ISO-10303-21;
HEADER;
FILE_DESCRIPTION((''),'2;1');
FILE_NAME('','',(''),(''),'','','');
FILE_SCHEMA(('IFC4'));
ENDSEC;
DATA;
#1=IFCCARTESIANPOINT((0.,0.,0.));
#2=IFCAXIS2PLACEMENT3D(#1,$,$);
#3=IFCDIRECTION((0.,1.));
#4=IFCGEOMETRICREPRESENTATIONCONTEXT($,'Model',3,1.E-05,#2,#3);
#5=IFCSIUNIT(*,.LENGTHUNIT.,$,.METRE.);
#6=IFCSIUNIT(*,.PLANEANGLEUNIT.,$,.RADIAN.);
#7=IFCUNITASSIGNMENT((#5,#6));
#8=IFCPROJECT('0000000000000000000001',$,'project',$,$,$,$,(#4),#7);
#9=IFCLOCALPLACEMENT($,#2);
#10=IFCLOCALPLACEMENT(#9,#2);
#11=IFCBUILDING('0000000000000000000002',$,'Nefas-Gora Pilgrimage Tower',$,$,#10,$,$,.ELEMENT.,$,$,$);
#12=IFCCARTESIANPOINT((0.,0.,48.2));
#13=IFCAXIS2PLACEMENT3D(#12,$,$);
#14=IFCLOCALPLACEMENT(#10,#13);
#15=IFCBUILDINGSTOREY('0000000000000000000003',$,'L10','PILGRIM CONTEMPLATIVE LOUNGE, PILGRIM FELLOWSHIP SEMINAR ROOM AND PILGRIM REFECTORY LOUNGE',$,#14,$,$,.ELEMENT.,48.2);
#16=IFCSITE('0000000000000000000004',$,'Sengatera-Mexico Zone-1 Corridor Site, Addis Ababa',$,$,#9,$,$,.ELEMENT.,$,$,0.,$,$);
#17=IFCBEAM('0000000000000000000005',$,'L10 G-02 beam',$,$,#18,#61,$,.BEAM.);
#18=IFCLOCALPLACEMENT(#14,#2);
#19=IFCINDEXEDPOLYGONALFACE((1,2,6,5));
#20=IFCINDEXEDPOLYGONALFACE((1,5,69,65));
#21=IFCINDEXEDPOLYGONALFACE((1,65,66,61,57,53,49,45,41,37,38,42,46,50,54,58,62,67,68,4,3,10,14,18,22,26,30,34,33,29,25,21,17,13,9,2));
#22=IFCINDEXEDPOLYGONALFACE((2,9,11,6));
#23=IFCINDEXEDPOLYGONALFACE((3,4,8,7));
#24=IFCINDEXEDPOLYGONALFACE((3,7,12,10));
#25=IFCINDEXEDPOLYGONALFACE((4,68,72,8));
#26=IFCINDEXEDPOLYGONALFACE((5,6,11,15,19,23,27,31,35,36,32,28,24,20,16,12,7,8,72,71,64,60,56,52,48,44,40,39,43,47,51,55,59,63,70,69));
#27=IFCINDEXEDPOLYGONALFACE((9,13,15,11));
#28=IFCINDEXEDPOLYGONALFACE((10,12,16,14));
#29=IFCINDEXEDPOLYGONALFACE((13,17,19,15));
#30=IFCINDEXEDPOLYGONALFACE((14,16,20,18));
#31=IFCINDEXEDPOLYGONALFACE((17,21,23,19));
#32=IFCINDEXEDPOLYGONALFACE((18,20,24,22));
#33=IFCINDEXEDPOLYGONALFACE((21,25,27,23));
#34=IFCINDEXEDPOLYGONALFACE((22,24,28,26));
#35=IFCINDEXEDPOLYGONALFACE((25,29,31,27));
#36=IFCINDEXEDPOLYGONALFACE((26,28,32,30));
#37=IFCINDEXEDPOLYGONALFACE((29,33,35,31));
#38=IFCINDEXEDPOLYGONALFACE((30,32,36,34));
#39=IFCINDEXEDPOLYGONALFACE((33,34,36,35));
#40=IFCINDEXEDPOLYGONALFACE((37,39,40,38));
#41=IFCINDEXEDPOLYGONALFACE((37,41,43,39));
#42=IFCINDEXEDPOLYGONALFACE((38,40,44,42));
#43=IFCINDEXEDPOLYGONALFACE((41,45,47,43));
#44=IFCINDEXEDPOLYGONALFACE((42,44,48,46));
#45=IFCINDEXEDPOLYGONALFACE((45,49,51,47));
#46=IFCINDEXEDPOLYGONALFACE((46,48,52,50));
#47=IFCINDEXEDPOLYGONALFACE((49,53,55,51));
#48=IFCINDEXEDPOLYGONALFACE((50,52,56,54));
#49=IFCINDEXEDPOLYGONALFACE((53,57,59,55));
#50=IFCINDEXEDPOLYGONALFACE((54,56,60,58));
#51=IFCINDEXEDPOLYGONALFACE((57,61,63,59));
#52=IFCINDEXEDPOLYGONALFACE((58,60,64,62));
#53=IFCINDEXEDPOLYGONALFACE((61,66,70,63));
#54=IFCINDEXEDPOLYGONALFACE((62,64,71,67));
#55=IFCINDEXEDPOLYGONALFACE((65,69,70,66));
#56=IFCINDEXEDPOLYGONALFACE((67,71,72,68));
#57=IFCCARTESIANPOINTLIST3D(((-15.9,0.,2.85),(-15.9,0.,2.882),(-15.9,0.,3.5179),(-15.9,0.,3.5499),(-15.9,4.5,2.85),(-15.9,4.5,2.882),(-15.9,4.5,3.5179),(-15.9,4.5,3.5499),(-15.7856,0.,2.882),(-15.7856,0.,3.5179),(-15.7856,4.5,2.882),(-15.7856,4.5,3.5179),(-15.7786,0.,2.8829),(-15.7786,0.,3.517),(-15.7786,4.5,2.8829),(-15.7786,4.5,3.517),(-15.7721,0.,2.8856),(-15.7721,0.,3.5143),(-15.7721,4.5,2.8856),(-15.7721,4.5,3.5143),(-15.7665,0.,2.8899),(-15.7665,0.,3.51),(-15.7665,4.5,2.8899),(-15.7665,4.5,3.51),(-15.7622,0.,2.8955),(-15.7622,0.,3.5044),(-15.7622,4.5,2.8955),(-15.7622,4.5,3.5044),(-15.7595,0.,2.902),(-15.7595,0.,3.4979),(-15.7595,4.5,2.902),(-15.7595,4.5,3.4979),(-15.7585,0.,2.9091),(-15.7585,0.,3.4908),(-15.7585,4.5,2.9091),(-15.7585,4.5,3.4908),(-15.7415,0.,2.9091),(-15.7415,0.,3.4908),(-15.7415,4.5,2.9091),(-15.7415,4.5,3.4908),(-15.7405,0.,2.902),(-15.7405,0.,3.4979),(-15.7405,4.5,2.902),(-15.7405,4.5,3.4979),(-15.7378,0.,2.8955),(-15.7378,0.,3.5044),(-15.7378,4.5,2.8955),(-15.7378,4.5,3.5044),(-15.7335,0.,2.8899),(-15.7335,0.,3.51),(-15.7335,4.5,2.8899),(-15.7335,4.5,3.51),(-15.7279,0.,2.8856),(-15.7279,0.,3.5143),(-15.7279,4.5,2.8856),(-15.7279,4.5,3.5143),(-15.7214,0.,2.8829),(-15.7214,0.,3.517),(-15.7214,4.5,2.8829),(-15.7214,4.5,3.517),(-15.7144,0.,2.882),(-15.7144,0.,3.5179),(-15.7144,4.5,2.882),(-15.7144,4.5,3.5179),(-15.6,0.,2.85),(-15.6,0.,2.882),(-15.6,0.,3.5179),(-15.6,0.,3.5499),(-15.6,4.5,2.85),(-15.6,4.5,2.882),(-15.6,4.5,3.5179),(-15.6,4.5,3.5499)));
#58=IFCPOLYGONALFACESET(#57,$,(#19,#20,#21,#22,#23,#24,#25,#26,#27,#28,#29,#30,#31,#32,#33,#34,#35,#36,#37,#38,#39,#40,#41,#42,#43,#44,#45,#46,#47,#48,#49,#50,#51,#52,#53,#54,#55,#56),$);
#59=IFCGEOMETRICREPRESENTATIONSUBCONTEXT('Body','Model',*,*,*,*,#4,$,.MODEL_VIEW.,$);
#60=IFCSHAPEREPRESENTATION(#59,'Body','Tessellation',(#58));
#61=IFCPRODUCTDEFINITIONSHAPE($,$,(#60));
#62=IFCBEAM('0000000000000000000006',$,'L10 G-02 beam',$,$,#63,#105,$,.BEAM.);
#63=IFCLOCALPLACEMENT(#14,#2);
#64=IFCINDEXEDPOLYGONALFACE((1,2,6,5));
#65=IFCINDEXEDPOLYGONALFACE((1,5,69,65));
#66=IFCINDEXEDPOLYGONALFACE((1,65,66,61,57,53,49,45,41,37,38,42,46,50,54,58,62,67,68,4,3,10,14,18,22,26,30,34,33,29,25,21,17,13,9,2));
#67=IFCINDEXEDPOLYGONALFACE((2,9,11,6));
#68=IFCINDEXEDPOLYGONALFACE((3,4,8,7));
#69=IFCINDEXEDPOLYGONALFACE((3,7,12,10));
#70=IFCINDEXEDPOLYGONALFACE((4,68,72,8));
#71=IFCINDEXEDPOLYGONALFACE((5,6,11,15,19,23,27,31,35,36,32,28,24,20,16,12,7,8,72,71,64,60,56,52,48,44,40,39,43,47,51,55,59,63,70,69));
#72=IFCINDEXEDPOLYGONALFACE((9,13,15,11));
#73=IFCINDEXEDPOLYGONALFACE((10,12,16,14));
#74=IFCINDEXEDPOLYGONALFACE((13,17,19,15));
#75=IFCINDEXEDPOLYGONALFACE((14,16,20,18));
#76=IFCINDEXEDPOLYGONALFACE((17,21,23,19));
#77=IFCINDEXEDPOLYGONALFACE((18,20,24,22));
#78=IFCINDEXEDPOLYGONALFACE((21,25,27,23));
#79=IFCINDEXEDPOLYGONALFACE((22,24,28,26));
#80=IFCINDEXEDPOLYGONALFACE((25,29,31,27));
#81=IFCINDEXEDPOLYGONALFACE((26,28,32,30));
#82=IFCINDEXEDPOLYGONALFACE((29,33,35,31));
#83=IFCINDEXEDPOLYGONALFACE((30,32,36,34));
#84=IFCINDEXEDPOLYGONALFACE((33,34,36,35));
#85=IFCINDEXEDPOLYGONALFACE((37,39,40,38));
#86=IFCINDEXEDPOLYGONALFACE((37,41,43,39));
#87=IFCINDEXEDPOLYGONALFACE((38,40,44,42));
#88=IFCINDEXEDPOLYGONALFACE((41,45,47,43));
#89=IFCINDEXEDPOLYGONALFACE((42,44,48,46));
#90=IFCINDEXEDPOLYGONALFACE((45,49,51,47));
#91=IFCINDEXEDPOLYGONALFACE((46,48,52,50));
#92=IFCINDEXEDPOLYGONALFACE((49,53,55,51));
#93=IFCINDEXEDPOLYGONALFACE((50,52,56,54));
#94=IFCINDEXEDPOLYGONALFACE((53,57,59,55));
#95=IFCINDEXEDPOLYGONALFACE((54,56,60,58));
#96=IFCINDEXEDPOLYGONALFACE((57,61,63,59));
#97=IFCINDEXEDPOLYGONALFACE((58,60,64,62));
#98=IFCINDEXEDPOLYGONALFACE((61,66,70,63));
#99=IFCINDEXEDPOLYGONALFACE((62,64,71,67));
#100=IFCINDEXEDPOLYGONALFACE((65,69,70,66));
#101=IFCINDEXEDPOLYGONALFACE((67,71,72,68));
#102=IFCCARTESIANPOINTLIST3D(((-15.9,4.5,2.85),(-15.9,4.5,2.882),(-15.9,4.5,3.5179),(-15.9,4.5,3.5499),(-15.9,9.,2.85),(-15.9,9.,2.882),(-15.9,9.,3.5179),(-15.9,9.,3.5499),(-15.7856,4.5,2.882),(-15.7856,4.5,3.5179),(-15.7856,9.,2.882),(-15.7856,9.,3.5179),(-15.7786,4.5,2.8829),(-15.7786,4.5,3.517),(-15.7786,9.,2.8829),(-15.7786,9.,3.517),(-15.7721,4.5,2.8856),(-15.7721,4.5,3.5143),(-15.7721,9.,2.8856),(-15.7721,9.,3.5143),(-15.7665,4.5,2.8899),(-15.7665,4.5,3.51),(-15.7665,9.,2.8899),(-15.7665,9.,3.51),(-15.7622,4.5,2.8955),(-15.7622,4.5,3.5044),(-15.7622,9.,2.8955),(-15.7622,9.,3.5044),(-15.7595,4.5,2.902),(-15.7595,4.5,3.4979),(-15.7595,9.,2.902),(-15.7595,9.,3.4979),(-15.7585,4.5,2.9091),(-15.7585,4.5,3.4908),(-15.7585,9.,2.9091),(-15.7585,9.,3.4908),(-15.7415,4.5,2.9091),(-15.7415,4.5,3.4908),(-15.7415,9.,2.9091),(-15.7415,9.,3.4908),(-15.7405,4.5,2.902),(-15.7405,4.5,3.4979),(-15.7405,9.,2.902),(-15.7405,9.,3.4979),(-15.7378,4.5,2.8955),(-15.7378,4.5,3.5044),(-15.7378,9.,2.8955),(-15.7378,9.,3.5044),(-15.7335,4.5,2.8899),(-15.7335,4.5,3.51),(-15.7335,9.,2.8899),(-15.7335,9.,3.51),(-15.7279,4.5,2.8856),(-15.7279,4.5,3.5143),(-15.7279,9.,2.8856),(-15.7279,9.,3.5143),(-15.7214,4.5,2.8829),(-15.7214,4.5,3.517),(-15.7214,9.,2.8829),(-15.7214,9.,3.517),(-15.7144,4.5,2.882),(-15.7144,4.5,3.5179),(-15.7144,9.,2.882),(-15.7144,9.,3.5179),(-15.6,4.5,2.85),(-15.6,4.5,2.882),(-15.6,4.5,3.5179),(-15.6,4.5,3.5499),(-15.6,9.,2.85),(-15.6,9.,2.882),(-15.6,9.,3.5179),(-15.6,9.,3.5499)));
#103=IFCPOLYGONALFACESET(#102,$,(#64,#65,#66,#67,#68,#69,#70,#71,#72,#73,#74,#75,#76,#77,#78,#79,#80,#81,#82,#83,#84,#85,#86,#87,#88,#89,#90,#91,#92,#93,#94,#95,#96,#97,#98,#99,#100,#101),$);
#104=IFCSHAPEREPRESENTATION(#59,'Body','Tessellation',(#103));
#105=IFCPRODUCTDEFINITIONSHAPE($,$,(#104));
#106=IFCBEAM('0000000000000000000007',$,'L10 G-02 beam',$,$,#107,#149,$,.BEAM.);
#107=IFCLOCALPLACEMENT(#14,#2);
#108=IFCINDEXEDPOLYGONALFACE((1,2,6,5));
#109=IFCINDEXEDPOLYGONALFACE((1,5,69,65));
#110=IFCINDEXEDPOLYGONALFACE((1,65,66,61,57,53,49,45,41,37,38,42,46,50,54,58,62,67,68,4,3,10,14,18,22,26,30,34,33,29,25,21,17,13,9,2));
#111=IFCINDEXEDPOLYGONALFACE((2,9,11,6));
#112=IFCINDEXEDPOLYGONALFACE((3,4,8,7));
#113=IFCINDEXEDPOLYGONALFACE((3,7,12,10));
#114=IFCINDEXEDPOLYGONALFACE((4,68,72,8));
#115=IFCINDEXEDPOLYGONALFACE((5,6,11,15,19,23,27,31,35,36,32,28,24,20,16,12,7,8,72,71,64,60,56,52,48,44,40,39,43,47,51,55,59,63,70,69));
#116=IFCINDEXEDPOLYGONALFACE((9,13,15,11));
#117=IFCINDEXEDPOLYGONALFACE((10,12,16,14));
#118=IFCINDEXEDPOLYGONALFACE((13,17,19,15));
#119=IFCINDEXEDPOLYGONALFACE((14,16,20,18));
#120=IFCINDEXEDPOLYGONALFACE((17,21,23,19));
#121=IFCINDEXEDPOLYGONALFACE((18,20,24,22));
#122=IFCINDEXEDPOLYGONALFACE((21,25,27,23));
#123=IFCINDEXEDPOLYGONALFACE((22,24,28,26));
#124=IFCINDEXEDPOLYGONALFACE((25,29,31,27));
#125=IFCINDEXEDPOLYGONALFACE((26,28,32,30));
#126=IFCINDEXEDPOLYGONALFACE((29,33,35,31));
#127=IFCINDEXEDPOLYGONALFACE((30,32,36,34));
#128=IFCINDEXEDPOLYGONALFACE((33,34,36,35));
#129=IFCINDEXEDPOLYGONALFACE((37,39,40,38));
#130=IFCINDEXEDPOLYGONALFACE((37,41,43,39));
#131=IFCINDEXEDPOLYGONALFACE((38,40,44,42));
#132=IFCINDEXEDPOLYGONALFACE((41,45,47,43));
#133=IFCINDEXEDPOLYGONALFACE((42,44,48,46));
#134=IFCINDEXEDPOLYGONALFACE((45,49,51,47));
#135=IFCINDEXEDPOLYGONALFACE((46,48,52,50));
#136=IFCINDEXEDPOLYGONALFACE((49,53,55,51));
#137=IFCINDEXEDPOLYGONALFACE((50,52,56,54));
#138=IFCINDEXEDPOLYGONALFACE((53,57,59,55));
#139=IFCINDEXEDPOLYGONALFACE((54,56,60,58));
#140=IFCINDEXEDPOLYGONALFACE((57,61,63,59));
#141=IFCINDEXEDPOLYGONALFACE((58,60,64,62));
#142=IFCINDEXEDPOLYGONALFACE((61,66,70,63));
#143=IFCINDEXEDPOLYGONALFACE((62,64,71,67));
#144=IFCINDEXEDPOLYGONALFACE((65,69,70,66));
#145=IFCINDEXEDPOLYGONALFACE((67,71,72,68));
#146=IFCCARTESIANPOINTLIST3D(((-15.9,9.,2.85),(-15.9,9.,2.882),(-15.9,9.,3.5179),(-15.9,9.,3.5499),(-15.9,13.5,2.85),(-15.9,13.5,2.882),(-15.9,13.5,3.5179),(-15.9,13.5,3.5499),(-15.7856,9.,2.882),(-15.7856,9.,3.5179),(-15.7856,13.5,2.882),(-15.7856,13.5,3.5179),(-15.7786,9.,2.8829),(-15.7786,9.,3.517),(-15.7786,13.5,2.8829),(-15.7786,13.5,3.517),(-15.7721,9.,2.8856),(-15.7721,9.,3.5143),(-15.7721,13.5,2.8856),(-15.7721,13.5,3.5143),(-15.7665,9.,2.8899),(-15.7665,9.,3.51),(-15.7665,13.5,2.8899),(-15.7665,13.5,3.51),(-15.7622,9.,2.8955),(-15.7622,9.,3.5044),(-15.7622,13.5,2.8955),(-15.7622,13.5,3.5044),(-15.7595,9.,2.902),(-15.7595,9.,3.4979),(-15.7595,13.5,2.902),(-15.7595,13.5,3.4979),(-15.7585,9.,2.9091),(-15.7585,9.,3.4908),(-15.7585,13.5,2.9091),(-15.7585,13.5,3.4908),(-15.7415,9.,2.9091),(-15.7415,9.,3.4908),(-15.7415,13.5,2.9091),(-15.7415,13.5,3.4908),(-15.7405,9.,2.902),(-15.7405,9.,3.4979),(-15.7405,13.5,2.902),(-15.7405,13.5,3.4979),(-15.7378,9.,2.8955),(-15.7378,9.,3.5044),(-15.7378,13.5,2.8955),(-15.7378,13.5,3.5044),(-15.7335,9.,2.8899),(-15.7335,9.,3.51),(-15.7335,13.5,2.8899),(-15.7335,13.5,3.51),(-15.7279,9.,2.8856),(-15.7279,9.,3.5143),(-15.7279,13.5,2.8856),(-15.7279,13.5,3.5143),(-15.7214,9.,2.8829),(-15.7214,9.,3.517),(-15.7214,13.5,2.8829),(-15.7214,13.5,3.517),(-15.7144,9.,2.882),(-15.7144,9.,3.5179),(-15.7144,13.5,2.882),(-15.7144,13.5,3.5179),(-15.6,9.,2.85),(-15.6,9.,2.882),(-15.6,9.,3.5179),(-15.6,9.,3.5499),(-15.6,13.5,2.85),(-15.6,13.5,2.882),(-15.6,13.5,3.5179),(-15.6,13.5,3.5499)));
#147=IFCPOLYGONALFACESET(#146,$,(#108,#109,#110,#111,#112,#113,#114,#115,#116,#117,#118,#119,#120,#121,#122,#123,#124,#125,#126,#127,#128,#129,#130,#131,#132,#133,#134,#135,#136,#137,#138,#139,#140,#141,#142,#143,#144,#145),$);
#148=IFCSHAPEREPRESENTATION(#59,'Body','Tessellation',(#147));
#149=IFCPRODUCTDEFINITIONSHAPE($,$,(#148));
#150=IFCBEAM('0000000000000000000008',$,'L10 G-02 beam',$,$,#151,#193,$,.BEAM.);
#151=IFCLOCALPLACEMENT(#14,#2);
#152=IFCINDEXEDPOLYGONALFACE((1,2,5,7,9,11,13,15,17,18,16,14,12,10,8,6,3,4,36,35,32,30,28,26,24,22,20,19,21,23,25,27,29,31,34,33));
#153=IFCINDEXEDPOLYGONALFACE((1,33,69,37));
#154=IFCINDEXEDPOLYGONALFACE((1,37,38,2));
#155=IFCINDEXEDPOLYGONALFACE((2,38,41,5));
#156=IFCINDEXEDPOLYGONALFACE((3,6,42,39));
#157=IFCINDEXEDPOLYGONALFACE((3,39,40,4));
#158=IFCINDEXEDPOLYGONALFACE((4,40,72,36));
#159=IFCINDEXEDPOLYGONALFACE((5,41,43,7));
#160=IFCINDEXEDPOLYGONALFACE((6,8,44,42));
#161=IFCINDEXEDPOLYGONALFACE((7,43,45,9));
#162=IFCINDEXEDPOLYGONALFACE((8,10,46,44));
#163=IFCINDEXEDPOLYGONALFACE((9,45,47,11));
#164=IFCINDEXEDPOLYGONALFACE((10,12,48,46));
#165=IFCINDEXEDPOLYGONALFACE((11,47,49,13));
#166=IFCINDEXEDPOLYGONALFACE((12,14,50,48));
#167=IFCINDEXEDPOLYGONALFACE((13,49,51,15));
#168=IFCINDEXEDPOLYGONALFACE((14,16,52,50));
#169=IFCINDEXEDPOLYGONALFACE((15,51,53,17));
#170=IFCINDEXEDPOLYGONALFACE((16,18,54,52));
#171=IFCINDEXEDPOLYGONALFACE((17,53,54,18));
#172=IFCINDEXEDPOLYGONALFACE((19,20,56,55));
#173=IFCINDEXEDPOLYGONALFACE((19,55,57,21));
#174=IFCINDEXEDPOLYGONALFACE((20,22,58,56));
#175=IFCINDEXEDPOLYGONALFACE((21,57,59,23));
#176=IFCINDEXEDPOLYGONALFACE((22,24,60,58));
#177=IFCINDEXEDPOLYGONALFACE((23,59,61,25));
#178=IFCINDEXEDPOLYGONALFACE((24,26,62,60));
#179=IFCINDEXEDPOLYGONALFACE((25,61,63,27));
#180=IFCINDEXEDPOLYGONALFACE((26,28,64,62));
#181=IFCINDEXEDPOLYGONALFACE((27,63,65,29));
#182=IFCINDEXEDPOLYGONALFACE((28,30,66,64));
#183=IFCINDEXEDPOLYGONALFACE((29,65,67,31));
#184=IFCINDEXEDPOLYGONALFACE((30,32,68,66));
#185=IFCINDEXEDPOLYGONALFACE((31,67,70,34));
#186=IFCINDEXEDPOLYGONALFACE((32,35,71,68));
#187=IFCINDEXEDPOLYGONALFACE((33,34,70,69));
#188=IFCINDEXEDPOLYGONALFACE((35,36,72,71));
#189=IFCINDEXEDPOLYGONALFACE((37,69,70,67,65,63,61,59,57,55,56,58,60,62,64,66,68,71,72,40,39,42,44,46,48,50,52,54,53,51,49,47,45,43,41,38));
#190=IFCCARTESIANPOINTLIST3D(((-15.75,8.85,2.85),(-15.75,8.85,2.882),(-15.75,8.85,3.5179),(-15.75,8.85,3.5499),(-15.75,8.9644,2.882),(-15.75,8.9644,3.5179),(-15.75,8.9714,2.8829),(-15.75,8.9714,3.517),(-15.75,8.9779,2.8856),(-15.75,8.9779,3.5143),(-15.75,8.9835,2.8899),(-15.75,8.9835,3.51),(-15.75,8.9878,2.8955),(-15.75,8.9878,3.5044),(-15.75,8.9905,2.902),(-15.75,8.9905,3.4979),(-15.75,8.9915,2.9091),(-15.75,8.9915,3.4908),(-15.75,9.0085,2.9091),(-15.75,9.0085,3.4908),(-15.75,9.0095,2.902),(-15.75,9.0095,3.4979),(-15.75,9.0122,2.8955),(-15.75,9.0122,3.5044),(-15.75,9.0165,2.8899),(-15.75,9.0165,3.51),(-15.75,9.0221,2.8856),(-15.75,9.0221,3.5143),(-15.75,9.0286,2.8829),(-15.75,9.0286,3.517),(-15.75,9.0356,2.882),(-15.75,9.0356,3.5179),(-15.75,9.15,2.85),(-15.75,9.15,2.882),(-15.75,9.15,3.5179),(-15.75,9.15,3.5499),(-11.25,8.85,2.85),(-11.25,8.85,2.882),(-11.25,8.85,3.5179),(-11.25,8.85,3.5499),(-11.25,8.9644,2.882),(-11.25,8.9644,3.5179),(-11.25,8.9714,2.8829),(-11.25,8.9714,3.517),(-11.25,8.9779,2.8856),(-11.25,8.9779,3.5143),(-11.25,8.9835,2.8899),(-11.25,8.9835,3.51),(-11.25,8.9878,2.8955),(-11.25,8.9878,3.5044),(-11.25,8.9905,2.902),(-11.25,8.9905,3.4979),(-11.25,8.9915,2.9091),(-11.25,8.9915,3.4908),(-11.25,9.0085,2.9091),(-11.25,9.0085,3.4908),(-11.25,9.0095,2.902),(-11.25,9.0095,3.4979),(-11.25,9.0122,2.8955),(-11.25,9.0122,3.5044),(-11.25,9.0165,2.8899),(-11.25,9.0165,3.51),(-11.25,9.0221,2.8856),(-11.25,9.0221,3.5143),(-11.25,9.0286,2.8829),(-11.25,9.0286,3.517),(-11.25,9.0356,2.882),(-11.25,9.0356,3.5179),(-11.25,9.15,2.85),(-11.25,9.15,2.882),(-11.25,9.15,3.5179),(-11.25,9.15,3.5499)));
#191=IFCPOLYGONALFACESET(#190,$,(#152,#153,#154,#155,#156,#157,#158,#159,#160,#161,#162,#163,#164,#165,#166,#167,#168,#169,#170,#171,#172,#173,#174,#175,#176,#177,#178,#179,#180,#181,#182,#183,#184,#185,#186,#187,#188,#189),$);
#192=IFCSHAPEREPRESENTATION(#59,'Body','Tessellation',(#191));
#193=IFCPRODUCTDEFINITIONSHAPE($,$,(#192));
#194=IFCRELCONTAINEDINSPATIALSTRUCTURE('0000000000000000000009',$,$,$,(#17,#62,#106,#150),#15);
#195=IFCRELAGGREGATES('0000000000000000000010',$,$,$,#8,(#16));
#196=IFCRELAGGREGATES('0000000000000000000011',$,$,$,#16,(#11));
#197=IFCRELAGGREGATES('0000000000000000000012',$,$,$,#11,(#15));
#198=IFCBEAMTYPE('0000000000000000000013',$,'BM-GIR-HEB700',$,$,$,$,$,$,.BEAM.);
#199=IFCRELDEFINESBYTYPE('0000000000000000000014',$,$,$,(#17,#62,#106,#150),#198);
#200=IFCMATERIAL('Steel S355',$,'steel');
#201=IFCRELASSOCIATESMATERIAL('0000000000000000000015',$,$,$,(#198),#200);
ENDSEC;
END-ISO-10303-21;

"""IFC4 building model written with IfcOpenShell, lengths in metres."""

from ifc_helpers import new_model, si_unit, direction, frame, origin, origin_2d, place, context, subcontext, project, spatial, i_section, extrude, source, transform, mapped, material, material_profile, profile_set, type_object, element, save


model = new_model("IFC4")

# Units and contexts
model_context = context("Model", 3, precision=1e-05, world=origin(), true_north=direction((0.0, 1.0)))
body_context = subcontext(model_context, "Body", "Model", "MODEL_VIEW")
ifc_project = project(units=[si_unit("LENGTHUNIT", "METRE"), si_unit("PLANEANGLEUNIT", "RADIAN")], contexts=[model_context])

# Site, building, storey
site_placement = place(None, origin())
site = spatial("IfcSite", under=ifc_project, at=site_placement, Name="Sengatera-Mexico Zone-1 Corridor Site, Addis Ababa", CompositionType="ELEMENT", RefElevation=0.0)
building_placement = place(site_placement, origin())
building = spatial("IfcBuilding", under=site, at=building_placement, Name="Nefas-Gora Pilgrimage Tower", CompositionType="ELEMENT")
storey_placement = place(building_placement, frame((0.0, 0.0, 48.2)))
storey = spatial("IfcBuildingStorey", under=building, at=storey_placement, Name="L10", Description="PILGRIM CONTEMPLATIVE LOUNGE, PILGRIM FELLOWSHIP SEMINAR ROOM AND PILGRIM REFECTORY LOUNGE", CompositionType="ELEMENT", Elevation=48.2)

# Beams
ifc_material_1 = material(Name="Steel S355", Category="steel")
ifc_material_profile_1 = material_profile(ifc_material_1, i_section(OverallWidth=0.3, OverallDepth=0.7, WebThickness=0.0171, FlangeThickness=0.032, FilletRadius=0.0271, at=origin_2d()), Name="HEB 700")
ifc_profile_set_1 = profile_set([ifc_material_profile_1], Name="Steel S355")
beam_type_1 = type_object("IfcBeamType", Name="BM-GIR-HEB700", PredefinedType="BEAM", material=ifc_profile_set_1)
shared_shape_1 = source(origin(), body_context, "Body", "SweptSolid", [
    extrude(i_section(OverallWidth=0.3, OverallDepth=0.7, WebThickness=0.0171, FlangeThickness=0.032, FilletRadius=0.0271, at=origin_2d()), origin(), (0.0, 0.0, 1.0), 4.5),
])
for number, where, z_axis, x_axis, name in (
    (1, (-15.75, 0.0, 3.2), (0.0, 1.0, 0.0), (-1.0, 0.0, 0.0), "L10 G-02 beam"),
    (2, (-15.75, 4.5, 3.2), (0.0, 1.0, 0.0), (-1.0, 0.0, 0.0), "L10 G-02 beam"),
    (3, (-15.75, 9.0, 3.2), (0.0, 1.0, 0.0), (-1.0, 0.0, 0.0), "L10 G-02 beam"),
    (4, (-15.75, 9.0, 3.2), (1.0, 0.0, 0.0), (0.0, 1.0, 0.0), "L10 G-02 beam"),
):
    element("IfcBeam", number, at=place(storey_placement, frame(where, z_axis=z_axis, x_axis=x_axis)), inside=storey, type_object=beam_type_1, Name=name, PredefinedType="BEAM", context=body_context, shape_type="MappedRepresentation", body=[
        mapped(shared_shape_1, transform((0.0, 0.0, 0.0), x_axis=(1.0, 0.0, 0.0), y_axis=(0.0, 1.0, 0.0), z_axis=(0.0, 0.0, 1.0), scale=1.0)),
    ])

save(model, "model.ifc")
